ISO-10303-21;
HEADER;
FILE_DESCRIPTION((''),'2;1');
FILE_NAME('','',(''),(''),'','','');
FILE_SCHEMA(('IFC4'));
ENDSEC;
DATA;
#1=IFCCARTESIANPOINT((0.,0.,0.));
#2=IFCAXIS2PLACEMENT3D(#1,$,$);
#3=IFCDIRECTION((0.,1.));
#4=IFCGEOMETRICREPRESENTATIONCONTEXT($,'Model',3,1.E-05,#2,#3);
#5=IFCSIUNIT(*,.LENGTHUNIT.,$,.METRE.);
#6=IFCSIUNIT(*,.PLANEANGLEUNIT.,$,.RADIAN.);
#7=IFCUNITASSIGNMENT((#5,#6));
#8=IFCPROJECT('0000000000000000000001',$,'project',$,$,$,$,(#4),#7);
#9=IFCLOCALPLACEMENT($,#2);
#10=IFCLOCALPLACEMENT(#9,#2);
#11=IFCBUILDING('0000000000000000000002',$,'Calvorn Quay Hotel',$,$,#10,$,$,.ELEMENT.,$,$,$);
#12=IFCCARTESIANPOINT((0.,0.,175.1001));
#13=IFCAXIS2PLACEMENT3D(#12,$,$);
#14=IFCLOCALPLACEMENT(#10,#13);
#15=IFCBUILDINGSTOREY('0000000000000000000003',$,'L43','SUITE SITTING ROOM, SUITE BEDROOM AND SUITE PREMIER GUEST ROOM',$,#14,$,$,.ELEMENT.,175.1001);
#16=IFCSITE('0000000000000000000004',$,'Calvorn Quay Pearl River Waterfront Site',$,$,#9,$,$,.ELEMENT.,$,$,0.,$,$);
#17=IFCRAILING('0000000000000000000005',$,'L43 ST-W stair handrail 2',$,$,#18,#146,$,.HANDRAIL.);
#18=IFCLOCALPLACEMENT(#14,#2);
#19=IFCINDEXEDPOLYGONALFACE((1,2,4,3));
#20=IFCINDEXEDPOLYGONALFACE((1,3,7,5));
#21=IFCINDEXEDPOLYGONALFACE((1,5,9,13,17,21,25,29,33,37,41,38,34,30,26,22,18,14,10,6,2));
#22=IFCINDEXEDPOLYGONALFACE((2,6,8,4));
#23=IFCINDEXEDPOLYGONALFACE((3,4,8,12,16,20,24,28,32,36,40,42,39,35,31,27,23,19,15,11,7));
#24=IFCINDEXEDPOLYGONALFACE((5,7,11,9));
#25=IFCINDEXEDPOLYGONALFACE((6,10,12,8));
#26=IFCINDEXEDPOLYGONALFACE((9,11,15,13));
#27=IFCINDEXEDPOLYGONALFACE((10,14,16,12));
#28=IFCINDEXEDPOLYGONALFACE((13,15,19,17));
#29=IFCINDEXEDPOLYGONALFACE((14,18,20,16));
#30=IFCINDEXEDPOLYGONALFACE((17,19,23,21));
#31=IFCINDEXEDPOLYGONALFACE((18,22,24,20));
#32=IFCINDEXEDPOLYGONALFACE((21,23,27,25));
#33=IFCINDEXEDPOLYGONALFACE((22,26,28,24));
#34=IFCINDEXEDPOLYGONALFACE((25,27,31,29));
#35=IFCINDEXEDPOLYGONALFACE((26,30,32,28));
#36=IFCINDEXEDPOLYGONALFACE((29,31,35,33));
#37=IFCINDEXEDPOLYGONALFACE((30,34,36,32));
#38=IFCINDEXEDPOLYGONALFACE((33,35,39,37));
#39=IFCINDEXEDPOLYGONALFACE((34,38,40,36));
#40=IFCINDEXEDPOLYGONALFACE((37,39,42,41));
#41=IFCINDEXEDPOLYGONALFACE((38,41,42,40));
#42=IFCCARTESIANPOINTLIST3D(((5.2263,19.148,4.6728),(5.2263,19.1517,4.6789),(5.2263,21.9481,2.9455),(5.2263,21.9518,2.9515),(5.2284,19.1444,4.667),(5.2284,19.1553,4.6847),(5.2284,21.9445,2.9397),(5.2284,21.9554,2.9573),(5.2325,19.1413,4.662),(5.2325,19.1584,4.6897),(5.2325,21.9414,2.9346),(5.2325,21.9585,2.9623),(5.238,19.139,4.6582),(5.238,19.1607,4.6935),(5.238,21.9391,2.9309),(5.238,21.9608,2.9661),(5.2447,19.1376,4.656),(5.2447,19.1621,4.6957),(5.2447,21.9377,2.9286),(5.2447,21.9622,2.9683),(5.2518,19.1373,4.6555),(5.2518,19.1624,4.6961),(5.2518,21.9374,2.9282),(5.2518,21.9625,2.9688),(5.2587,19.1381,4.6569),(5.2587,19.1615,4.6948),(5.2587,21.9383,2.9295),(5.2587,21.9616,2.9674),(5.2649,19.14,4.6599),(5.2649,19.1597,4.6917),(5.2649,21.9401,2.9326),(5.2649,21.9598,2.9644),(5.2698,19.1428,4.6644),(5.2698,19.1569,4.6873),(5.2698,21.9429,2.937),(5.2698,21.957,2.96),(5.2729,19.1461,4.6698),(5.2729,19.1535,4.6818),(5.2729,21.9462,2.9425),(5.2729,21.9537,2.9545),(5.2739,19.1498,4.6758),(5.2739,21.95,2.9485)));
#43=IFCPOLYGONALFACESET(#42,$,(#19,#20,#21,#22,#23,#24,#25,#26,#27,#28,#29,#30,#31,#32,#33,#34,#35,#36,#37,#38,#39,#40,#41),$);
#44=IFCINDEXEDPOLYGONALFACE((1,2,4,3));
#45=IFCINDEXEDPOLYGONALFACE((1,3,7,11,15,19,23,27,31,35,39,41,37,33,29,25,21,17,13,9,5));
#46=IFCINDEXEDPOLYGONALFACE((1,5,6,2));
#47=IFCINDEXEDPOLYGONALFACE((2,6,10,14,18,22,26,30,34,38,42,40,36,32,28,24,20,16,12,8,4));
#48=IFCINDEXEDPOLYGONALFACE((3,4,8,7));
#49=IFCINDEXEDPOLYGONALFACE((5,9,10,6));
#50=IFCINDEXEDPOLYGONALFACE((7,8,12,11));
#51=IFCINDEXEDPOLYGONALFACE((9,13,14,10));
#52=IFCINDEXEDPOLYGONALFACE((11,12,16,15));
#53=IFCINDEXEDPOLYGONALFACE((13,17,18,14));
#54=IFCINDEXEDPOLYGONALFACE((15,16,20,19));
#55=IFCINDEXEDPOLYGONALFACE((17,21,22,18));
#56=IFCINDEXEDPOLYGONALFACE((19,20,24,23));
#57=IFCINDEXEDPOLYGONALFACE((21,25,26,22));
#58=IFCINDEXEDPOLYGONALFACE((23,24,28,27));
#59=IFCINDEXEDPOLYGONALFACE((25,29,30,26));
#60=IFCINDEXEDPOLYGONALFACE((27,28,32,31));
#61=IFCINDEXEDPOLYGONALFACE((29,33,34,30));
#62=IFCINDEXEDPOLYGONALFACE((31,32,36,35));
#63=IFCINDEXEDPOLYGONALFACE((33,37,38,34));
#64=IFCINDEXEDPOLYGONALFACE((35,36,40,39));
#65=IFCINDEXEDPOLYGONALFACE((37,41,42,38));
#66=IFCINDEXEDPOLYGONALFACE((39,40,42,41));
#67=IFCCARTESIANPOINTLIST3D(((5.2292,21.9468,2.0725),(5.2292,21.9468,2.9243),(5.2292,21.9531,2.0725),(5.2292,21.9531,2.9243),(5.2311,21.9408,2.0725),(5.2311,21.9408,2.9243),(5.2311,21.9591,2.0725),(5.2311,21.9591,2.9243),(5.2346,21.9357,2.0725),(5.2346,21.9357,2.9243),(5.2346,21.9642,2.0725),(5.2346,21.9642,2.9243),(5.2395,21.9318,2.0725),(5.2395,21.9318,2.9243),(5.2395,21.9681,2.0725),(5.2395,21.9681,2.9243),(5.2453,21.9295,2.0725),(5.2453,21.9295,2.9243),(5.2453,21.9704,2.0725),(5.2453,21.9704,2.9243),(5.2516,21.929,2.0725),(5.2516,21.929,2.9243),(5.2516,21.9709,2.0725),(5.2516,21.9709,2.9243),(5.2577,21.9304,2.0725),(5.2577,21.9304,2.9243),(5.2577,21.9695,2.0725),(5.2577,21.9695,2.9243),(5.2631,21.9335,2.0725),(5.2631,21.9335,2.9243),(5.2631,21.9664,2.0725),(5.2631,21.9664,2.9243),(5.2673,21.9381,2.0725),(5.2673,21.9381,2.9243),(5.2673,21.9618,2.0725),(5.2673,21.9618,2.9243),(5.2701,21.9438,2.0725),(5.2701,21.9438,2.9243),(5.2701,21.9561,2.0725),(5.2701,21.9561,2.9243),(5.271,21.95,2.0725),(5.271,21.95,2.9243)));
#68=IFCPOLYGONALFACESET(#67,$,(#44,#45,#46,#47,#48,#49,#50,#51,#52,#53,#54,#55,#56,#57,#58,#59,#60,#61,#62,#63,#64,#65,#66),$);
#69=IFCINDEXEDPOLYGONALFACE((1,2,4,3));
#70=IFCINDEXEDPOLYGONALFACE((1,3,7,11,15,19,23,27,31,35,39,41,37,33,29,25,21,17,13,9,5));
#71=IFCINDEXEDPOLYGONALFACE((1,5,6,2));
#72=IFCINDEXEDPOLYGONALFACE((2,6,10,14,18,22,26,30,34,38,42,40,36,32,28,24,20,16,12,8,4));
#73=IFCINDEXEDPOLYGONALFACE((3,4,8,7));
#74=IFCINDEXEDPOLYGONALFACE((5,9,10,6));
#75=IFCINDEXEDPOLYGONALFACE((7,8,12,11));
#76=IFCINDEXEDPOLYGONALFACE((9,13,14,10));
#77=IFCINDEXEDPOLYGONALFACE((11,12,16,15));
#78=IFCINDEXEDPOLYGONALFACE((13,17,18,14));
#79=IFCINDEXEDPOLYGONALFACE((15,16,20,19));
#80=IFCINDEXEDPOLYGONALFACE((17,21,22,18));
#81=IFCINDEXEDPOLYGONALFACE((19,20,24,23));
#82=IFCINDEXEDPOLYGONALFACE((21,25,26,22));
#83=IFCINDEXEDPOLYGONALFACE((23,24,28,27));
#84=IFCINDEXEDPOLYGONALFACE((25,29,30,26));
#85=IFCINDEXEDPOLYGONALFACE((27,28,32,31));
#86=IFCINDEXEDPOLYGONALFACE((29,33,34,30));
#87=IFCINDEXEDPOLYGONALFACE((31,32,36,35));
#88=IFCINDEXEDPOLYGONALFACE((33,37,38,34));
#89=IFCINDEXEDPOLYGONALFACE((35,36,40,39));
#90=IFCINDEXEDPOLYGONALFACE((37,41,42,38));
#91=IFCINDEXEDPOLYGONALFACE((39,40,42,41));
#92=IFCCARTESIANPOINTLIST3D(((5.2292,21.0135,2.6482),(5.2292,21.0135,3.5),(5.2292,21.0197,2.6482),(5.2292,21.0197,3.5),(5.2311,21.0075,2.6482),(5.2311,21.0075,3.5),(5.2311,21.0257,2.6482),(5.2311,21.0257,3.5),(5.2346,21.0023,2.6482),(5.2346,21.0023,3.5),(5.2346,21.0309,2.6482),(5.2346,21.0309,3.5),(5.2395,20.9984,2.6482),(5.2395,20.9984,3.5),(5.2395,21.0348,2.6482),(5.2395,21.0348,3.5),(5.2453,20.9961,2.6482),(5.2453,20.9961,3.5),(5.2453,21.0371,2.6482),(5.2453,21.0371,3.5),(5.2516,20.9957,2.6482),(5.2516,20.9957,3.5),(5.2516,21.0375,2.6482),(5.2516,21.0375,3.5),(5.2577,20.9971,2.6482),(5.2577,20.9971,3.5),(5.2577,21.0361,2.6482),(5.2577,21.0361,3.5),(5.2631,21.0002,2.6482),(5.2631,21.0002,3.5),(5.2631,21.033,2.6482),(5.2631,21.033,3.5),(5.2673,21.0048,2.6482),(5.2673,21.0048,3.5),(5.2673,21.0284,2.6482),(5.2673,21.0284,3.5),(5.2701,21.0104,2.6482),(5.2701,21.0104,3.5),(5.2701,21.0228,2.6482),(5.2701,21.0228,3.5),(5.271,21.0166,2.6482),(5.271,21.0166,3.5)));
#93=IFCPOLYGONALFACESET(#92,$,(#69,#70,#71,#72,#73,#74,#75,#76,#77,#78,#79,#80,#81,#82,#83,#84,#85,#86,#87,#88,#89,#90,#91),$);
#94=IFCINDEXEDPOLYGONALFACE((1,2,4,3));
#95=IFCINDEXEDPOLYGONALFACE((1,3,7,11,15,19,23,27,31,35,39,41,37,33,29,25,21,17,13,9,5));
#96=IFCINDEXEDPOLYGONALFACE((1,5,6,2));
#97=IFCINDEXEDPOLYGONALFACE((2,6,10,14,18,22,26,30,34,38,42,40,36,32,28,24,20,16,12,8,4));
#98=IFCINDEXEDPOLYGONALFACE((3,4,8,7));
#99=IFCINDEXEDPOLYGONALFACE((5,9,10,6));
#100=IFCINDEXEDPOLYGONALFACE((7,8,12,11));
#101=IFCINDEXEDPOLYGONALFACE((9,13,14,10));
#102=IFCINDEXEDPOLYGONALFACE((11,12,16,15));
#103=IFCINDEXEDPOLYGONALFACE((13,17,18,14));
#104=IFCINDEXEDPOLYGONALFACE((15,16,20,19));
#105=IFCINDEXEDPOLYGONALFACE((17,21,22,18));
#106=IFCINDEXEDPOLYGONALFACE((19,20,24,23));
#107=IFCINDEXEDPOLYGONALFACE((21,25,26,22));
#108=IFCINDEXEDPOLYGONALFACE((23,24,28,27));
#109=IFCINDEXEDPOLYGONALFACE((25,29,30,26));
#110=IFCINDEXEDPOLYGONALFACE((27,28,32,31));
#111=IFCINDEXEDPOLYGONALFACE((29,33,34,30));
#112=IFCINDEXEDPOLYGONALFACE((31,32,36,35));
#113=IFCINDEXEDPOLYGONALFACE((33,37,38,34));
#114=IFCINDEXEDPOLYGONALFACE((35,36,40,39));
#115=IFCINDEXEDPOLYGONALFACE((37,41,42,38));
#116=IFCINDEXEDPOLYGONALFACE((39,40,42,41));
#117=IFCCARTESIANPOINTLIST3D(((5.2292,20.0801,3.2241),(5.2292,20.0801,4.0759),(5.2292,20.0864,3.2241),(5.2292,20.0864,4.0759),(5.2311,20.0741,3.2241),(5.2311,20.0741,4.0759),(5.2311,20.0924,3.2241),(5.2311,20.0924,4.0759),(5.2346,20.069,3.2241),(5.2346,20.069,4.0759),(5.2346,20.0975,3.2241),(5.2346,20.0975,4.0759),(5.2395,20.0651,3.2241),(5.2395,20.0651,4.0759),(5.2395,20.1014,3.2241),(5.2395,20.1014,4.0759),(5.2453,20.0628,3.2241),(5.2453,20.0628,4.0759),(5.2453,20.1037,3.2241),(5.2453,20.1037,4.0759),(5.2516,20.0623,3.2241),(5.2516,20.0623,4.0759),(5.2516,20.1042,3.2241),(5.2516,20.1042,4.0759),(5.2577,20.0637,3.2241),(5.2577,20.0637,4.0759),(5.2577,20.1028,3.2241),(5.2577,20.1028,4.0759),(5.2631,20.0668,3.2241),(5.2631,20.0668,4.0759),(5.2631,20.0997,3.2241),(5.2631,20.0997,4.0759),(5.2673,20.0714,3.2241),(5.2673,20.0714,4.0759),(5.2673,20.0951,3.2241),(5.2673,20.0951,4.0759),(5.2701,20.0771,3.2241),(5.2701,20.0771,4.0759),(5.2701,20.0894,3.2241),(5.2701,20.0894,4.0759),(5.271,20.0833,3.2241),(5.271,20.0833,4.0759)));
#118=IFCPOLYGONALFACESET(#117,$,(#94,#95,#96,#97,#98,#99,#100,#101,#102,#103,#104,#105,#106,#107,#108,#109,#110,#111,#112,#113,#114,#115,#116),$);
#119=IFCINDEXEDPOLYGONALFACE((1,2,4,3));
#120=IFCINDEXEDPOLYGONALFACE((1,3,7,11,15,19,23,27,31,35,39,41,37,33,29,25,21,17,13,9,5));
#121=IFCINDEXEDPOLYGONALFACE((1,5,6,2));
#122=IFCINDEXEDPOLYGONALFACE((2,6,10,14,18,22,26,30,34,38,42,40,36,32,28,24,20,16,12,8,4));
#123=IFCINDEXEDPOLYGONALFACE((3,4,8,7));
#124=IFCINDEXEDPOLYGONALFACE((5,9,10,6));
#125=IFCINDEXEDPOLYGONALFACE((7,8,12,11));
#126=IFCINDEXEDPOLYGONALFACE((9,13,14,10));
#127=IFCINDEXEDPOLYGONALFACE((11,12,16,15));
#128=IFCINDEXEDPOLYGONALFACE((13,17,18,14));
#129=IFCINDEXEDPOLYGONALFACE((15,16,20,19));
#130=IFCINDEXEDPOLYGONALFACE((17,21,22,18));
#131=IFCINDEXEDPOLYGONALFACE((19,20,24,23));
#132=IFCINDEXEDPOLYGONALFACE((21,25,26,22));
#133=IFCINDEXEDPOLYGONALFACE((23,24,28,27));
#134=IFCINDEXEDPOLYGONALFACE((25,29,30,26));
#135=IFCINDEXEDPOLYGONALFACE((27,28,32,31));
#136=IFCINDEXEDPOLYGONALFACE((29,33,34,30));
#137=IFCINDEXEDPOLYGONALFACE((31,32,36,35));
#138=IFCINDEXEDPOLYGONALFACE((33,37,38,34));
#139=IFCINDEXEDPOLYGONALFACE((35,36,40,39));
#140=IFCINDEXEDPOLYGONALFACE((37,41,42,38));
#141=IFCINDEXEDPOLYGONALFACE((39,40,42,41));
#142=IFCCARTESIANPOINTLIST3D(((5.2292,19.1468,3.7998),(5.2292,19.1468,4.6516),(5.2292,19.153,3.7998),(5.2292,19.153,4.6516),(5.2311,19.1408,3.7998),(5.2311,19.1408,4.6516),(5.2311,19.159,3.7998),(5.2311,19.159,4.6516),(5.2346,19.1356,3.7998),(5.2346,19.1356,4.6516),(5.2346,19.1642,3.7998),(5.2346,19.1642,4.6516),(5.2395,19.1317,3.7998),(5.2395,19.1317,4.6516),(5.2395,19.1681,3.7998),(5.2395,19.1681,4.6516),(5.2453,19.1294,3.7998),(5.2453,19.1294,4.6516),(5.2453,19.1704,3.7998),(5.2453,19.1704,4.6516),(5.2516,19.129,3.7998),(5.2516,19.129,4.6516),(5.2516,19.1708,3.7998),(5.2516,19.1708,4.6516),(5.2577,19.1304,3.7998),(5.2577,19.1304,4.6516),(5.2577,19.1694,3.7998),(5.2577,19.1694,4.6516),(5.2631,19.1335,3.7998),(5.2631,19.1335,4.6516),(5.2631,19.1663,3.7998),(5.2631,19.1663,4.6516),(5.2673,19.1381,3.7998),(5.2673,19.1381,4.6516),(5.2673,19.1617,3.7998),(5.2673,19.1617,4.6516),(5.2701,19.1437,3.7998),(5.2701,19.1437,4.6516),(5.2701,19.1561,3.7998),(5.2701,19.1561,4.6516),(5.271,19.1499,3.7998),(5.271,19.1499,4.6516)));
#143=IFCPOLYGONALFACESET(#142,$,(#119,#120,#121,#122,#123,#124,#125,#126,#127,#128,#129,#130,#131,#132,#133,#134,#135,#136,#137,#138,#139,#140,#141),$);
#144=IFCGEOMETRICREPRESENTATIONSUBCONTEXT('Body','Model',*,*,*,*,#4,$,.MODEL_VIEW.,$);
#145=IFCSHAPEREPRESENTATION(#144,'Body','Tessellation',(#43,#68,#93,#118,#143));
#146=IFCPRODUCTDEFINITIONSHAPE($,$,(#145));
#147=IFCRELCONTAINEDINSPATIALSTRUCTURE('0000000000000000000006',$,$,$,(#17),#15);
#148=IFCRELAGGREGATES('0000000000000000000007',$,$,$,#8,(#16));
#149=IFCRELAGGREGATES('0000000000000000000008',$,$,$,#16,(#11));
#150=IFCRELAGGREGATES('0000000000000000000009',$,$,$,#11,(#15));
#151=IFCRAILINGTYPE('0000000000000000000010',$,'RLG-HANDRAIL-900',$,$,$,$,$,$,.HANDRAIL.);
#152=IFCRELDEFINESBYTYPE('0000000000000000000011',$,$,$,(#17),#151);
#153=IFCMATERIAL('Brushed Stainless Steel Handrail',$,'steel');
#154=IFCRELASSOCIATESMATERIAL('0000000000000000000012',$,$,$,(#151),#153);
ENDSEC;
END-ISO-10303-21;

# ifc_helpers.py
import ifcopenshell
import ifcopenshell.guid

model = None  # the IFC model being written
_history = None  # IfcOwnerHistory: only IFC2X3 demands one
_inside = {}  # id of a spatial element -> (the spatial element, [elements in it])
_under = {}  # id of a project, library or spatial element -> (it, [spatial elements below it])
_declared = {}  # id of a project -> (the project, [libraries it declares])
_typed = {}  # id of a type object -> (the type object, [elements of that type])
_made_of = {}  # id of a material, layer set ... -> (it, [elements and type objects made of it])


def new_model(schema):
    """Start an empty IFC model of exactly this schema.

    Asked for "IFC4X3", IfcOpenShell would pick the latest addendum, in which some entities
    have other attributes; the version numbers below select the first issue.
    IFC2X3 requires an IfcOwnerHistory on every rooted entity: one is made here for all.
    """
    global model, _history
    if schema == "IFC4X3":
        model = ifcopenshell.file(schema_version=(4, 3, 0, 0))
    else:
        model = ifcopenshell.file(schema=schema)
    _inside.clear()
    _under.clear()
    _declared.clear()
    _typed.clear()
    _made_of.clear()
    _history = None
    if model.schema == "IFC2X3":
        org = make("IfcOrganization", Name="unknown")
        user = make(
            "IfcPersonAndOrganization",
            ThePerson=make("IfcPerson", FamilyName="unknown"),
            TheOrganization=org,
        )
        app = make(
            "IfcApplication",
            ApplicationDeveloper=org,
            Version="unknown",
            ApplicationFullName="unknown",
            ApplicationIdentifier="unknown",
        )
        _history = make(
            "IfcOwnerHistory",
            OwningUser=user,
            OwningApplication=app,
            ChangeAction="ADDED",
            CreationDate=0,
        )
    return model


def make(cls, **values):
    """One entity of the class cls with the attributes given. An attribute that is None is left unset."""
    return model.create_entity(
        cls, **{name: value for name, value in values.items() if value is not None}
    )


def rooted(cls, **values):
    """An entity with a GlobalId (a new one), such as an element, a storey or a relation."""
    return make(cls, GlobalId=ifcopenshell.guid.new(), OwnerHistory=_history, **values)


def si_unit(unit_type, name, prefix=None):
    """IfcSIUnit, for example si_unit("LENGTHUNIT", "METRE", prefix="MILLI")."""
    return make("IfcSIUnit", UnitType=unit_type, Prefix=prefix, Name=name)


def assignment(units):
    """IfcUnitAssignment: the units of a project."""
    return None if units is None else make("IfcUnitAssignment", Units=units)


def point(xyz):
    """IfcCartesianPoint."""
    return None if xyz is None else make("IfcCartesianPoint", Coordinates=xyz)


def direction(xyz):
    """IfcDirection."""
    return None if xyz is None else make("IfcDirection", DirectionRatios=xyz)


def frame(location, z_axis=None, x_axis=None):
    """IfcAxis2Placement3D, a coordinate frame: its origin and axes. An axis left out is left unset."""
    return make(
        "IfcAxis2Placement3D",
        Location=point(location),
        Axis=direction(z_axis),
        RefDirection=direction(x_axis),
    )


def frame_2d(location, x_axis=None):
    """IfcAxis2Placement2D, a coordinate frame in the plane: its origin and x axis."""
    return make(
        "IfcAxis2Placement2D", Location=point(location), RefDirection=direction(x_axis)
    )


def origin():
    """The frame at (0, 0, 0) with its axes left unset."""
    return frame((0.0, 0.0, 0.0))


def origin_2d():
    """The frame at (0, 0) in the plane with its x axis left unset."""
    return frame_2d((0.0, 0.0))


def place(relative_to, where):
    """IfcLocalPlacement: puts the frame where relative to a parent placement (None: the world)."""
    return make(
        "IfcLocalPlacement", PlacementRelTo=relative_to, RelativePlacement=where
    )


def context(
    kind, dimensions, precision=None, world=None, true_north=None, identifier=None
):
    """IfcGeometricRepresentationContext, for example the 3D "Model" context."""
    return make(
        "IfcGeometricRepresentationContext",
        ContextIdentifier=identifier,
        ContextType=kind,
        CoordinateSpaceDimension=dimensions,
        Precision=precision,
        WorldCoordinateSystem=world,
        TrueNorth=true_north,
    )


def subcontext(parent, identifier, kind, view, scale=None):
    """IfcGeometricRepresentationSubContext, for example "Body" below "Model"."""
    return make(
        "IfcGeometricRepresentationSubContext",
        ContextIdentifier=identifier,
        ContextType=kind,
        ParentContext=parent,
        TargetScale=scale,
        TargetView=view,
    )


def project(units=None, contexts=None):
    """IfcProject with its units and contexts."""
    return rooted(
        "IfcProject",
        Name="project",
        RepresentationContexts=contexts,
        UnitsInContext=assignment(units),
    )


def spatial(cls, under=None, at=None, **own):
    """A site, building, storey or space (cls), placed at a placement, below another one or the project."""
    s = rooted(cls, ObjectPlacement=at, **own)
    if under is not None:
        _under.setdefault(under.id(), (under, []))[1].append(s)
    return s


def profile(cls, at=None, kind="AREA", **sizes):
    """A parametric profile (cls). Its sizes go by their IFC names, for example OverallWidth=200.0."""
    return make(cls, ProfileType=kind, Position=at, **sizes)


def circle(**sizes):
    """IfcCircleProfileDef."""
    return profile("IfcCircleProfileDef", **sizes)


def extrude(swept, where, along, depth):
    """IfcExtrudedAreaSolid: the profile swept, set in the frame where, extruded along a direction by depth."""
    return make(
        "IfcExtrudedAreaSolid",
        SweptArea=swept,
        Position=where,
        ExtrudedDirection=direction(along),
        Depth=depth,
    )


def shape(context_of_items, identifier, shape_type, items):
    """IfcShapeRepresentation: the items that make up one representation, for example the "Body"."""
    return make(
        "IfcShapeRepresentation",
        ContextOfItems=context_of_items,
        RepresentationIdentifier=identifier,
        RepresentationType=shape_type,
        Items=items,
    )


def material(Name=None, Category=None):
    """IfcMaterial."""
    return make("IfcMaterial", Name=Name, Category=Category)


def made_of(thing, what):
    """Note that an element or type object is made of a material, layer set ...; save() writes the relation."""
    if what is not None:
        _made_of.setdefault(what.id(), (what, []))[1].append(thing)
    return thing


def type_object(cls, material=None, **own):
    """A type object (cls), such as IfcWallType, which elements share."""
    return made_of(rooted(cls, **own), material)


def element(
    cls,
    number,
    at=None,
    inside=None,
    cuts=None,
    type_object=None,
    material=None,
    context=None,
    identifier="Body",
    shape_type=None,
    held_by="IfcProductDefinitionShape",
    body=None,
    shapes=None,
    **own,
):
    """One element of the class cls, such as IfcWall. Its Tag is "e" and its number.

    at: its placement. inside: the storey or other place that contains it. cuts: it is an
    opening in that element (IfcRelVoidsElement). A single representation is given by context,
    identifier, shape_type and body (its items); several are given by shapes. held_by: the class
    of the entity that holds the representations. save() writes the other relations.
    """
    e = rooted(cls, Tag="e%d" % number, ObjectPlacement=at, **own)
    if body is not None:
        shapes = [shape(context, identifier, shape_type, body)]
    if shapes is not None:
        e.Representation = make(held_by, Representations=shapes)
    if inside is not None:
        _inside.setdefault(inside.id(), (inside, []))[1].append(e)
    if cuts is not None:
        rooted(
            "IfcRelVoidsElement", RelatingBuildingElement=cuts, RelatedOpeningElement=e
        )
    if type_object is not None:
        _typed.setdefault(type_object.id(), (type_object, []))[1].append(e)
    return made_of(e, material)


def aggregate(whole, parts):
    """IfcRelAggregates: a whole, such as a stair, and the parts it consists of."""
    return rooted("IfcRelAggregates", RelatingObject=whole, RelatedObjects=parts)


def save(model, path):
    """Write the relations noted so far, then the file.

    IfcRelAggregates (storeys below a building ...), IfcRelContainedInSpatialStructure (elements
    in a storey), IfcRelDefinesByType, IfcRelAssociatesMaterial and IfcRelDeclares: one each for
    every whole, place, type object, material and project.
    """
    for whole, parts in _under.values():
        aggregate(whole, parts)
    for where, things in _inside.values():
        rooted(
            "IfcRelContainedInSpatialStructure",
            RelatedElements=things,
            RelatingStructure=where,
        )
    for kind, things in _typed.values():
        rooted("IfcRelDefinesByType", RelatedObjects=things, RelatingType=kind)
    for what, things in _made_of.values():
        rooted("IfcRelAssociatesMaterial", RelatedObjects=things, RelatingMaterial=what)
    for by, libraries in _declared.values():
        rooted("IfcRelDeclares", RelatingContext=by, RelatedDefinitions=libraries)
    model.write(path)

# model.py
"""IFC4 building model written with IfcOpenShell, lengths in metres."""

from ifc_helpers import new_model, si_unit, direction, frame, origin, origin_2d, place, context, subcontext, project, spatial, circle, extrude, material, type_object, element, save


model = new_model("IFC4")

# Units and contexts
model_context = context("Model", 3, precision=1e-05, world=origin(), true_north=direction((0.0, 1.0)))
body_context = subcontext(model_context, "Body", "Model", "MODEL_VIEW")
ifc_project = project(units=[si_unit("LENGTHUNIT", "METRE"), si_unit("PLANEANGLEUNIT", "RADIAN")], contexts=[model_context])

# Site, building, storey
site_placement = place(None, origin())
site = spatial("IfcSite", under=ifc_project, at=site_placement, Name="Calvorn Quay Pearl River Waterfront Site", CompositionType="ELEMENT", RefElevation=0.0)
building_placement = place(site_placement, origin())
building = spatial("IfcBuilding", under=site, at=building_placement, Name="Calvorn Quay Hotel", CompositionType="ELEMENT")
storey_placement = place(building_placement, frame((0.0, 0.0, 175.1001)))
storey = spatial("IfcBuildingStorey", under=building, at=storey_placement, Name="L43", Description="SUITE SITTING ROOM, SUITE BEDROOM AND SUITE PREMIER GUEST ROOM", CompositionType="ELEMENT", Elevation=175.1001)

# Railing
ifc_material_1 = material(Name="Brushed Stainless Steel Handrail", Category="steel")
railing_type_1 = type_object("IfcRailingType", Name="RLG-HANDRAIL-900", PredefinedType="HANDRAIL", material=ifc_material_1)
railing_1_placement = place(storey_placement, frame((5.25, 21.95, 2.0725)))
element("IfcRailing", 1, at=railing_1_placement, inside=storey, type_object=railing_type_1, Name="L43 ST-W stair handrail 2", PredefinedType="HANDRAIL", context=body_context, shape_type="SweptSolid", body=[
    extrude(circle(Radius=0.0239, at=origin_2d()), frame((0.0, 0.0, 0.876), z_axis=(0.0, -0.85109, 0.52502), x_axis=(1.0, 0.0, 0.0)), (0.0, 0.0, 1.0), 3.29),
    extrude(circle(Radius=0.021, at=origin_2d()), origin(), (0.0, 0.0, 1.0), 0.8518),
    extrude(circle(Radius=0.021, at=origin_2d()), frame((0.0, -0.9333, 0.5757)), (0.0, 0.0, 1.0), 0.8518),
    extrude(circle(Radius=0.021, at=origin_2d()), frame((0.0, -1.8667, 1.1516)), (0.0, 0.0, 1.0), 0.8518),
    extrude(circle(Radius=0.021, at=origin_2d()), frame((0.0, -2.8, 1.7273)), (0.0, 0.0, 1.0), 0.8518),
])

save(model, "model.ifc")
